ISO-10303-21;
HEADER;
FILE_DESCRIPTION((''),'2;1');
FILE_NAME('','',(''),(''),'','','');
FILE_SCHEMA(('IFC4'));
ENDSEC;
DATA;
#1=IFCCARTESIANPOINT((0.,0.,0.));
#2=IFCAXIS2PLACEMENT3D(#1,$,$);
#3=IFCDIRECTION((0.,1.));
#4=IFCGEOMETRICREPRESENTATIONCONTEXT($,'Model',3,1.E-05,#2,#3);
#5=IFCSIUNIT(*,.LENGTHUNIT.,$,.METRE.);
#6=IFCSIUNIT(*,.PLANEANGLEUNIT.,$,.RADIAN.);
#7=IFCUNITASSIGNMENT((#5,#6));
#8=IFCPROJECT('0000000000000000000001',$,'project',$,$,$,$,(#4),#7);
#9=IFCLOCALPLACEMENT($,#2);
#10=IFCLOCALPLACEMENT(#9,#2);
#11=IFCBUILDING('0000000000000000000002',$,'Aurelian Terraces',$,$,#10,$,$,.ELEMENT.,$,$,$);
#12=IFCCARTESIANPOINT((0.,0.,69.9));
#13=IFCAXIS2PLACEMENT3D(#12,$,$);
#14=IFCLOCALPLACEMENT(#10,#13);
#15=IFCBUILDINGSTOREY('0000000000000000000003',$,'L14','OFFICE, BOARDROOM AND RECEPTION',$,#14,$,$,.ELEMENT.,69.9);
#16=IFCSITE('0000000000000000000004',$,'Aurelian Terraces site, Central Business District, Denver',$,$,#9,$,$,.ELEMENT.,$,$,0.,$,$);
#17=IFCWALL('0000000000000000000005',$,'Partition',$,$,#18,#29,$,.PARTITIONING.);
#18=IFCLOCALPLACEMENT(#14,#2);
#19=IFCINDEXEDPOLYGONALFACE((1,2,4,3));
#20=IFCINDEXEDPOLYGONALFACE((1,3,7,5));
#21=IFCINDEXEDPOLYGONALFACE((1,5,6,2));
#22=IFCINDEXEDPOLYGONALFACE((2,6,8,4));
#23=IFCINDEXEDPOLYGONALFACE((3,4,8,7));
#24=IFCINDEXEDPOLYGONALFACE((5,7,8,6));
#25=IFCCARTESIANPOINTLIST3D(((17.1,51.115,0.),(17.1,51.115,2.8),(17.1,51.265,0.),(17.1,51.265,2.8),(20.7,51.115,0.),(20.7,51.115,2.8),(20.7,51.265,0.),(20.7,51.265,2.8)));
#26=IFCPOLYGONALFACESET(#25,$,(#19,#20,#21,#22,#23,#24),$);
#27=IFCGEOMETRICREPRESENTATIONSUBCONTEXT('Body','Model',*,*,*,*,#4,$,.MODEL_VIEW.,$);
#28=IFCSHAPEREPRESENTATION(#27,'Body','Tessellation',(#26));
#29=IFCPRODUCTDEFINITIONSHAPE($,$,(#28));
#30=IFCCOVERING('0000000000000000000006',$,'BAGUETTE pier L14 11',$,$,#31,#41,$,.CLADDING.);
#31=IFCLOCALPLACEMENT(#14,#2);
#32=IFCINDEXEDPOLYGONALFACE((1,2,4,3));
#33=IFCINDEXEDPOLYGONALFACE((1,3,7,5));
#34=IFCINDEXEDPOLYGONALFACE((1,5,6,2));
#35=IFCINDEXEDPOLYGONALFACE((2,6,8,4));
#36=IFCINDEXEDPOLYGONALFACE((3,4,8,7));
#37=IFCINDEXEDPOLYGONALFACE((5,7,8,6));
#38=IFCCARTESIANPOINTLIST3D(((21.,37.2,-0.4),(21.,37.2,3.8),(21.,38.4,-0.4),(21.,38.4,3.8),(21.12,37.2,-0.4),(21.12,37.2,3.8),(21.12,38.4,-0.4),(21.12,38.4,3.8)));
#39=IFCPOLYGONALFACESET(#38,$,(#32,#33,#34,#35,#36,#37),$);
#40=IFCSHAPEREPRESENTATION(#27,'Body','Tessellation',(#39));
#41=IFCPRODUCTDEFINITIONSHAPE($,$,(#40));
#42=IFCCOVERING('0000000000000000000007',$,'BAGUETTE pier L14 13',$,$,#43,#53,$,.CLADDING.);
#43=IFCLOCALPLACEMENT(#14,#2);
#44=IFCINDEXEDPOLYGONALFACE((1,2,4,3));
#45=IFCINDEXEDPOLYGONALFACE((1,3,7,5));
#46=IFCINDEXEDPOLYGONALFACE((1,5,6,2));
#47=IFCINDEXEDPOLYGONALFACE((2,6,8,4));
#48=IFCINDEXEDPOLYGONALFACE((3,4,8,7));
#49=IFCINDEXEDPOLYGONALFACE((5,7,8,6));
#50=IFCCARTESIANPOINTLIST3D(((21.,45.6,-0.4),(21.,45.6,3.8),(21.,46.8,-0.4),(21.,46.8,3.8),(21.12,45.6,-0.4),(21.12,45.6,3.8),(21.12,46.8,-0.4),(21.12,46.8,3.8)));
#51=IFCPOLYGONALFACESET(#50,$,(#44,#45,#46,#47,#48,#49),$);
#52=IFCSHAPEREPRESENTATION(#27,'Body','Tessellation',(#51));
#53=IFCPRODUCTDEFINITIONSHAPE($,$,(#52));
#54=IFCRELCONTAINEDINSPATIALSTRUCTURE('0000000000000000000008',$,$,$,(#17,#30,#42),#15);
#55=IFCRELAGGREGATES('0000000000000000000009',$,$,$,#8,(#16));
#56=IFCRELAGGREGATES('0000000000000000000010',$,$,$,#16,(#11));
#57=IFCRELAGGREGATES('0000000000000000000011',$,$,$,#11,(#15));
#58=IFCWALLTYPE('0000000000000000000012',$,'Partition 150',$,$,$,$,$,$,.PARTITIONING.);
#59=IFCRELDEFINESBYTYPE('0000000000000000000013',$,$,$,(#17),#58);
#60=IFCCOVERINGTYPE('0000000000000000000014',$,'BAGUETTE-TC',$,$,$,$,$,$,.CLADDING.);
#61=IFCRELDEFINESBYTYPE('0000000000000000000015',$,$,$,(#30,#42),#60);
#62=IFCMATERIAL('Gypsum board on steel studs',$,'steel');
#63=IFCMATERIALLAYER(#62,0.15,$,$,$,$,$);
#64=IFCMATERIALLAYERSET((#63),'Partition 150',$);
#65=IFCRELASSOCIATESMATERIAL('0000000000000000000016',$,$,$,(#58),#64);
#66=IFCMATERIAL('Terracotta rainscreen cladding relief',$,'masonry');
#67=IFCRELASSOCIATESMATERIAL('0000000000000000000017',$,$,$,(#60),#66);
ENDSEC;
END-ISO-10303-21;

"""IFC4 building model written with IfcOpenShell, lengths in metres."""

from ifc_helpers import new_model, si_unit, direction, frame, frame_2d, origin, origin_2d, place, context, subcontext, project, spatial, rectangle, extrude, source, transform, mapped, material, layer, layer_set, type_object, element, save


model = new_model("IFC4")

# Units and contexts
model_context = context("Model", 3, precision=1e-05, world=origin(), true_north=direction((0.0, 1.0)))
body_context = subcontext(model_context, "Body", "Model", "MODEL_VIEW")
ifc_project = project(units=[si_unit("LENGTHUNIT", "METRE"), si_unit("PLANEANGLEUNIT", "RADIAN")], contexts=[model_context])

# Site, building, storey
site_placement = place(None, origin())
site = spatial("IfcSite", under=ifc_project, at=site_placement, Name="Aurelian Terraces site, Central Business District, Denver", CompositionType="ELEMENT", RefElevation=0.0)
building_placement = place(site_placement, origin())
building = spatial("IfcBuilding", under=site, at=building_placement, Name="Aurelian Terraces", CompositionType="ELEMENT")
storey_placement = place(building_placement, frame((0.0, 0.0, 69.9)))
storey = spatial("IfcBuildingStorey", under=building, at=storey_placement, Name="L14", Description="OFFICE, BOARDROOM AND RECEPTION", CompositionType="ELEMENT", Elevation=69.9)

# Wall
ifc_material_1 = material(Name="Gypsum board on steel studs", Category="steel")
ifc_layer_1 = layer(ifc_material_1, 0.15)
ifc_layer_set_1 = layer_set([ifc_layer_1], Name="Partition 150")
wall_type_1 = type_object("IfcWallType", Name="Partition 150", PredefinedType="PARTITIONING", material=ifc_layer_set_1)
shared_shape_1 = source(origin(), body_context, "Body", "SweptSolid", [
    extrude(rectangle(XDim=3.6, YDim=0.15, at=frame_2d((1.8, 0.0))), origin(), (0.0, 0.0, 1.0), 2.8),
])
wall_1_placement = place(storey_placement, frame((17.1, 51.19, 0.0), z_axis=(0.0, 0.0, 1.0), x_axis=(1.0, 0.0, 0.0)))
element("IfcWall", 1, at=wall_1_placement, inside=storey, type_object=wall_type_1, Name="Partition", PredefinedType="PARTITIONING", context=body_context, shape_type="MappedRepresentation", body=[
    mapped(shared_shape_1, transform((0.0, 0.0, 0.0), scale=1.0)),
])

# Coverings
ifc_material_2 = material(Name="Terracotta rainscreen cladding relief", Category="masonry")
covering_type = type_object("IfcCoveringType", Name="BAGUETTE-TC", PredefinedType="CLADDING", material=ifc_material_2)
shared_shape_2 = source(origin(), body_context, "Body", "SweptSolid", [
    extrude(rectangle(XDim=0.12, YDim=1.2, at=origin_2d()), origin(), (0.0, 0.0, 1.0), 4.2),
])
for number, where, z_axis, x_axis, name in (
    (2, (21.06, 37.8, -0.4), (0.0, 0.0, 1.0), (1.0, 0.0, 0.0), "BAGUETTE pier L14 11"),
    (3, (21.06, 46.2, -0.4), (0.0, 0.0, 1.0), (1.0, 0.0, 0.0), "BAGUETTE pier L14 13"),
):
    element("IfcCovering", number, at=place(storey_placement, frame(where, z_axis=z_axis, x_axis=x_axis)), inside=storey, type_object=covering_type, Name=name, PredefinedType="CLADDING", context=body_context, shape_type="MappedRepresentation", body=[
        mapped(shared_shape_2, transform((0.0, 0.0, 0.0), scale=1.0)),
    ])

save(model, "model.ifc")
